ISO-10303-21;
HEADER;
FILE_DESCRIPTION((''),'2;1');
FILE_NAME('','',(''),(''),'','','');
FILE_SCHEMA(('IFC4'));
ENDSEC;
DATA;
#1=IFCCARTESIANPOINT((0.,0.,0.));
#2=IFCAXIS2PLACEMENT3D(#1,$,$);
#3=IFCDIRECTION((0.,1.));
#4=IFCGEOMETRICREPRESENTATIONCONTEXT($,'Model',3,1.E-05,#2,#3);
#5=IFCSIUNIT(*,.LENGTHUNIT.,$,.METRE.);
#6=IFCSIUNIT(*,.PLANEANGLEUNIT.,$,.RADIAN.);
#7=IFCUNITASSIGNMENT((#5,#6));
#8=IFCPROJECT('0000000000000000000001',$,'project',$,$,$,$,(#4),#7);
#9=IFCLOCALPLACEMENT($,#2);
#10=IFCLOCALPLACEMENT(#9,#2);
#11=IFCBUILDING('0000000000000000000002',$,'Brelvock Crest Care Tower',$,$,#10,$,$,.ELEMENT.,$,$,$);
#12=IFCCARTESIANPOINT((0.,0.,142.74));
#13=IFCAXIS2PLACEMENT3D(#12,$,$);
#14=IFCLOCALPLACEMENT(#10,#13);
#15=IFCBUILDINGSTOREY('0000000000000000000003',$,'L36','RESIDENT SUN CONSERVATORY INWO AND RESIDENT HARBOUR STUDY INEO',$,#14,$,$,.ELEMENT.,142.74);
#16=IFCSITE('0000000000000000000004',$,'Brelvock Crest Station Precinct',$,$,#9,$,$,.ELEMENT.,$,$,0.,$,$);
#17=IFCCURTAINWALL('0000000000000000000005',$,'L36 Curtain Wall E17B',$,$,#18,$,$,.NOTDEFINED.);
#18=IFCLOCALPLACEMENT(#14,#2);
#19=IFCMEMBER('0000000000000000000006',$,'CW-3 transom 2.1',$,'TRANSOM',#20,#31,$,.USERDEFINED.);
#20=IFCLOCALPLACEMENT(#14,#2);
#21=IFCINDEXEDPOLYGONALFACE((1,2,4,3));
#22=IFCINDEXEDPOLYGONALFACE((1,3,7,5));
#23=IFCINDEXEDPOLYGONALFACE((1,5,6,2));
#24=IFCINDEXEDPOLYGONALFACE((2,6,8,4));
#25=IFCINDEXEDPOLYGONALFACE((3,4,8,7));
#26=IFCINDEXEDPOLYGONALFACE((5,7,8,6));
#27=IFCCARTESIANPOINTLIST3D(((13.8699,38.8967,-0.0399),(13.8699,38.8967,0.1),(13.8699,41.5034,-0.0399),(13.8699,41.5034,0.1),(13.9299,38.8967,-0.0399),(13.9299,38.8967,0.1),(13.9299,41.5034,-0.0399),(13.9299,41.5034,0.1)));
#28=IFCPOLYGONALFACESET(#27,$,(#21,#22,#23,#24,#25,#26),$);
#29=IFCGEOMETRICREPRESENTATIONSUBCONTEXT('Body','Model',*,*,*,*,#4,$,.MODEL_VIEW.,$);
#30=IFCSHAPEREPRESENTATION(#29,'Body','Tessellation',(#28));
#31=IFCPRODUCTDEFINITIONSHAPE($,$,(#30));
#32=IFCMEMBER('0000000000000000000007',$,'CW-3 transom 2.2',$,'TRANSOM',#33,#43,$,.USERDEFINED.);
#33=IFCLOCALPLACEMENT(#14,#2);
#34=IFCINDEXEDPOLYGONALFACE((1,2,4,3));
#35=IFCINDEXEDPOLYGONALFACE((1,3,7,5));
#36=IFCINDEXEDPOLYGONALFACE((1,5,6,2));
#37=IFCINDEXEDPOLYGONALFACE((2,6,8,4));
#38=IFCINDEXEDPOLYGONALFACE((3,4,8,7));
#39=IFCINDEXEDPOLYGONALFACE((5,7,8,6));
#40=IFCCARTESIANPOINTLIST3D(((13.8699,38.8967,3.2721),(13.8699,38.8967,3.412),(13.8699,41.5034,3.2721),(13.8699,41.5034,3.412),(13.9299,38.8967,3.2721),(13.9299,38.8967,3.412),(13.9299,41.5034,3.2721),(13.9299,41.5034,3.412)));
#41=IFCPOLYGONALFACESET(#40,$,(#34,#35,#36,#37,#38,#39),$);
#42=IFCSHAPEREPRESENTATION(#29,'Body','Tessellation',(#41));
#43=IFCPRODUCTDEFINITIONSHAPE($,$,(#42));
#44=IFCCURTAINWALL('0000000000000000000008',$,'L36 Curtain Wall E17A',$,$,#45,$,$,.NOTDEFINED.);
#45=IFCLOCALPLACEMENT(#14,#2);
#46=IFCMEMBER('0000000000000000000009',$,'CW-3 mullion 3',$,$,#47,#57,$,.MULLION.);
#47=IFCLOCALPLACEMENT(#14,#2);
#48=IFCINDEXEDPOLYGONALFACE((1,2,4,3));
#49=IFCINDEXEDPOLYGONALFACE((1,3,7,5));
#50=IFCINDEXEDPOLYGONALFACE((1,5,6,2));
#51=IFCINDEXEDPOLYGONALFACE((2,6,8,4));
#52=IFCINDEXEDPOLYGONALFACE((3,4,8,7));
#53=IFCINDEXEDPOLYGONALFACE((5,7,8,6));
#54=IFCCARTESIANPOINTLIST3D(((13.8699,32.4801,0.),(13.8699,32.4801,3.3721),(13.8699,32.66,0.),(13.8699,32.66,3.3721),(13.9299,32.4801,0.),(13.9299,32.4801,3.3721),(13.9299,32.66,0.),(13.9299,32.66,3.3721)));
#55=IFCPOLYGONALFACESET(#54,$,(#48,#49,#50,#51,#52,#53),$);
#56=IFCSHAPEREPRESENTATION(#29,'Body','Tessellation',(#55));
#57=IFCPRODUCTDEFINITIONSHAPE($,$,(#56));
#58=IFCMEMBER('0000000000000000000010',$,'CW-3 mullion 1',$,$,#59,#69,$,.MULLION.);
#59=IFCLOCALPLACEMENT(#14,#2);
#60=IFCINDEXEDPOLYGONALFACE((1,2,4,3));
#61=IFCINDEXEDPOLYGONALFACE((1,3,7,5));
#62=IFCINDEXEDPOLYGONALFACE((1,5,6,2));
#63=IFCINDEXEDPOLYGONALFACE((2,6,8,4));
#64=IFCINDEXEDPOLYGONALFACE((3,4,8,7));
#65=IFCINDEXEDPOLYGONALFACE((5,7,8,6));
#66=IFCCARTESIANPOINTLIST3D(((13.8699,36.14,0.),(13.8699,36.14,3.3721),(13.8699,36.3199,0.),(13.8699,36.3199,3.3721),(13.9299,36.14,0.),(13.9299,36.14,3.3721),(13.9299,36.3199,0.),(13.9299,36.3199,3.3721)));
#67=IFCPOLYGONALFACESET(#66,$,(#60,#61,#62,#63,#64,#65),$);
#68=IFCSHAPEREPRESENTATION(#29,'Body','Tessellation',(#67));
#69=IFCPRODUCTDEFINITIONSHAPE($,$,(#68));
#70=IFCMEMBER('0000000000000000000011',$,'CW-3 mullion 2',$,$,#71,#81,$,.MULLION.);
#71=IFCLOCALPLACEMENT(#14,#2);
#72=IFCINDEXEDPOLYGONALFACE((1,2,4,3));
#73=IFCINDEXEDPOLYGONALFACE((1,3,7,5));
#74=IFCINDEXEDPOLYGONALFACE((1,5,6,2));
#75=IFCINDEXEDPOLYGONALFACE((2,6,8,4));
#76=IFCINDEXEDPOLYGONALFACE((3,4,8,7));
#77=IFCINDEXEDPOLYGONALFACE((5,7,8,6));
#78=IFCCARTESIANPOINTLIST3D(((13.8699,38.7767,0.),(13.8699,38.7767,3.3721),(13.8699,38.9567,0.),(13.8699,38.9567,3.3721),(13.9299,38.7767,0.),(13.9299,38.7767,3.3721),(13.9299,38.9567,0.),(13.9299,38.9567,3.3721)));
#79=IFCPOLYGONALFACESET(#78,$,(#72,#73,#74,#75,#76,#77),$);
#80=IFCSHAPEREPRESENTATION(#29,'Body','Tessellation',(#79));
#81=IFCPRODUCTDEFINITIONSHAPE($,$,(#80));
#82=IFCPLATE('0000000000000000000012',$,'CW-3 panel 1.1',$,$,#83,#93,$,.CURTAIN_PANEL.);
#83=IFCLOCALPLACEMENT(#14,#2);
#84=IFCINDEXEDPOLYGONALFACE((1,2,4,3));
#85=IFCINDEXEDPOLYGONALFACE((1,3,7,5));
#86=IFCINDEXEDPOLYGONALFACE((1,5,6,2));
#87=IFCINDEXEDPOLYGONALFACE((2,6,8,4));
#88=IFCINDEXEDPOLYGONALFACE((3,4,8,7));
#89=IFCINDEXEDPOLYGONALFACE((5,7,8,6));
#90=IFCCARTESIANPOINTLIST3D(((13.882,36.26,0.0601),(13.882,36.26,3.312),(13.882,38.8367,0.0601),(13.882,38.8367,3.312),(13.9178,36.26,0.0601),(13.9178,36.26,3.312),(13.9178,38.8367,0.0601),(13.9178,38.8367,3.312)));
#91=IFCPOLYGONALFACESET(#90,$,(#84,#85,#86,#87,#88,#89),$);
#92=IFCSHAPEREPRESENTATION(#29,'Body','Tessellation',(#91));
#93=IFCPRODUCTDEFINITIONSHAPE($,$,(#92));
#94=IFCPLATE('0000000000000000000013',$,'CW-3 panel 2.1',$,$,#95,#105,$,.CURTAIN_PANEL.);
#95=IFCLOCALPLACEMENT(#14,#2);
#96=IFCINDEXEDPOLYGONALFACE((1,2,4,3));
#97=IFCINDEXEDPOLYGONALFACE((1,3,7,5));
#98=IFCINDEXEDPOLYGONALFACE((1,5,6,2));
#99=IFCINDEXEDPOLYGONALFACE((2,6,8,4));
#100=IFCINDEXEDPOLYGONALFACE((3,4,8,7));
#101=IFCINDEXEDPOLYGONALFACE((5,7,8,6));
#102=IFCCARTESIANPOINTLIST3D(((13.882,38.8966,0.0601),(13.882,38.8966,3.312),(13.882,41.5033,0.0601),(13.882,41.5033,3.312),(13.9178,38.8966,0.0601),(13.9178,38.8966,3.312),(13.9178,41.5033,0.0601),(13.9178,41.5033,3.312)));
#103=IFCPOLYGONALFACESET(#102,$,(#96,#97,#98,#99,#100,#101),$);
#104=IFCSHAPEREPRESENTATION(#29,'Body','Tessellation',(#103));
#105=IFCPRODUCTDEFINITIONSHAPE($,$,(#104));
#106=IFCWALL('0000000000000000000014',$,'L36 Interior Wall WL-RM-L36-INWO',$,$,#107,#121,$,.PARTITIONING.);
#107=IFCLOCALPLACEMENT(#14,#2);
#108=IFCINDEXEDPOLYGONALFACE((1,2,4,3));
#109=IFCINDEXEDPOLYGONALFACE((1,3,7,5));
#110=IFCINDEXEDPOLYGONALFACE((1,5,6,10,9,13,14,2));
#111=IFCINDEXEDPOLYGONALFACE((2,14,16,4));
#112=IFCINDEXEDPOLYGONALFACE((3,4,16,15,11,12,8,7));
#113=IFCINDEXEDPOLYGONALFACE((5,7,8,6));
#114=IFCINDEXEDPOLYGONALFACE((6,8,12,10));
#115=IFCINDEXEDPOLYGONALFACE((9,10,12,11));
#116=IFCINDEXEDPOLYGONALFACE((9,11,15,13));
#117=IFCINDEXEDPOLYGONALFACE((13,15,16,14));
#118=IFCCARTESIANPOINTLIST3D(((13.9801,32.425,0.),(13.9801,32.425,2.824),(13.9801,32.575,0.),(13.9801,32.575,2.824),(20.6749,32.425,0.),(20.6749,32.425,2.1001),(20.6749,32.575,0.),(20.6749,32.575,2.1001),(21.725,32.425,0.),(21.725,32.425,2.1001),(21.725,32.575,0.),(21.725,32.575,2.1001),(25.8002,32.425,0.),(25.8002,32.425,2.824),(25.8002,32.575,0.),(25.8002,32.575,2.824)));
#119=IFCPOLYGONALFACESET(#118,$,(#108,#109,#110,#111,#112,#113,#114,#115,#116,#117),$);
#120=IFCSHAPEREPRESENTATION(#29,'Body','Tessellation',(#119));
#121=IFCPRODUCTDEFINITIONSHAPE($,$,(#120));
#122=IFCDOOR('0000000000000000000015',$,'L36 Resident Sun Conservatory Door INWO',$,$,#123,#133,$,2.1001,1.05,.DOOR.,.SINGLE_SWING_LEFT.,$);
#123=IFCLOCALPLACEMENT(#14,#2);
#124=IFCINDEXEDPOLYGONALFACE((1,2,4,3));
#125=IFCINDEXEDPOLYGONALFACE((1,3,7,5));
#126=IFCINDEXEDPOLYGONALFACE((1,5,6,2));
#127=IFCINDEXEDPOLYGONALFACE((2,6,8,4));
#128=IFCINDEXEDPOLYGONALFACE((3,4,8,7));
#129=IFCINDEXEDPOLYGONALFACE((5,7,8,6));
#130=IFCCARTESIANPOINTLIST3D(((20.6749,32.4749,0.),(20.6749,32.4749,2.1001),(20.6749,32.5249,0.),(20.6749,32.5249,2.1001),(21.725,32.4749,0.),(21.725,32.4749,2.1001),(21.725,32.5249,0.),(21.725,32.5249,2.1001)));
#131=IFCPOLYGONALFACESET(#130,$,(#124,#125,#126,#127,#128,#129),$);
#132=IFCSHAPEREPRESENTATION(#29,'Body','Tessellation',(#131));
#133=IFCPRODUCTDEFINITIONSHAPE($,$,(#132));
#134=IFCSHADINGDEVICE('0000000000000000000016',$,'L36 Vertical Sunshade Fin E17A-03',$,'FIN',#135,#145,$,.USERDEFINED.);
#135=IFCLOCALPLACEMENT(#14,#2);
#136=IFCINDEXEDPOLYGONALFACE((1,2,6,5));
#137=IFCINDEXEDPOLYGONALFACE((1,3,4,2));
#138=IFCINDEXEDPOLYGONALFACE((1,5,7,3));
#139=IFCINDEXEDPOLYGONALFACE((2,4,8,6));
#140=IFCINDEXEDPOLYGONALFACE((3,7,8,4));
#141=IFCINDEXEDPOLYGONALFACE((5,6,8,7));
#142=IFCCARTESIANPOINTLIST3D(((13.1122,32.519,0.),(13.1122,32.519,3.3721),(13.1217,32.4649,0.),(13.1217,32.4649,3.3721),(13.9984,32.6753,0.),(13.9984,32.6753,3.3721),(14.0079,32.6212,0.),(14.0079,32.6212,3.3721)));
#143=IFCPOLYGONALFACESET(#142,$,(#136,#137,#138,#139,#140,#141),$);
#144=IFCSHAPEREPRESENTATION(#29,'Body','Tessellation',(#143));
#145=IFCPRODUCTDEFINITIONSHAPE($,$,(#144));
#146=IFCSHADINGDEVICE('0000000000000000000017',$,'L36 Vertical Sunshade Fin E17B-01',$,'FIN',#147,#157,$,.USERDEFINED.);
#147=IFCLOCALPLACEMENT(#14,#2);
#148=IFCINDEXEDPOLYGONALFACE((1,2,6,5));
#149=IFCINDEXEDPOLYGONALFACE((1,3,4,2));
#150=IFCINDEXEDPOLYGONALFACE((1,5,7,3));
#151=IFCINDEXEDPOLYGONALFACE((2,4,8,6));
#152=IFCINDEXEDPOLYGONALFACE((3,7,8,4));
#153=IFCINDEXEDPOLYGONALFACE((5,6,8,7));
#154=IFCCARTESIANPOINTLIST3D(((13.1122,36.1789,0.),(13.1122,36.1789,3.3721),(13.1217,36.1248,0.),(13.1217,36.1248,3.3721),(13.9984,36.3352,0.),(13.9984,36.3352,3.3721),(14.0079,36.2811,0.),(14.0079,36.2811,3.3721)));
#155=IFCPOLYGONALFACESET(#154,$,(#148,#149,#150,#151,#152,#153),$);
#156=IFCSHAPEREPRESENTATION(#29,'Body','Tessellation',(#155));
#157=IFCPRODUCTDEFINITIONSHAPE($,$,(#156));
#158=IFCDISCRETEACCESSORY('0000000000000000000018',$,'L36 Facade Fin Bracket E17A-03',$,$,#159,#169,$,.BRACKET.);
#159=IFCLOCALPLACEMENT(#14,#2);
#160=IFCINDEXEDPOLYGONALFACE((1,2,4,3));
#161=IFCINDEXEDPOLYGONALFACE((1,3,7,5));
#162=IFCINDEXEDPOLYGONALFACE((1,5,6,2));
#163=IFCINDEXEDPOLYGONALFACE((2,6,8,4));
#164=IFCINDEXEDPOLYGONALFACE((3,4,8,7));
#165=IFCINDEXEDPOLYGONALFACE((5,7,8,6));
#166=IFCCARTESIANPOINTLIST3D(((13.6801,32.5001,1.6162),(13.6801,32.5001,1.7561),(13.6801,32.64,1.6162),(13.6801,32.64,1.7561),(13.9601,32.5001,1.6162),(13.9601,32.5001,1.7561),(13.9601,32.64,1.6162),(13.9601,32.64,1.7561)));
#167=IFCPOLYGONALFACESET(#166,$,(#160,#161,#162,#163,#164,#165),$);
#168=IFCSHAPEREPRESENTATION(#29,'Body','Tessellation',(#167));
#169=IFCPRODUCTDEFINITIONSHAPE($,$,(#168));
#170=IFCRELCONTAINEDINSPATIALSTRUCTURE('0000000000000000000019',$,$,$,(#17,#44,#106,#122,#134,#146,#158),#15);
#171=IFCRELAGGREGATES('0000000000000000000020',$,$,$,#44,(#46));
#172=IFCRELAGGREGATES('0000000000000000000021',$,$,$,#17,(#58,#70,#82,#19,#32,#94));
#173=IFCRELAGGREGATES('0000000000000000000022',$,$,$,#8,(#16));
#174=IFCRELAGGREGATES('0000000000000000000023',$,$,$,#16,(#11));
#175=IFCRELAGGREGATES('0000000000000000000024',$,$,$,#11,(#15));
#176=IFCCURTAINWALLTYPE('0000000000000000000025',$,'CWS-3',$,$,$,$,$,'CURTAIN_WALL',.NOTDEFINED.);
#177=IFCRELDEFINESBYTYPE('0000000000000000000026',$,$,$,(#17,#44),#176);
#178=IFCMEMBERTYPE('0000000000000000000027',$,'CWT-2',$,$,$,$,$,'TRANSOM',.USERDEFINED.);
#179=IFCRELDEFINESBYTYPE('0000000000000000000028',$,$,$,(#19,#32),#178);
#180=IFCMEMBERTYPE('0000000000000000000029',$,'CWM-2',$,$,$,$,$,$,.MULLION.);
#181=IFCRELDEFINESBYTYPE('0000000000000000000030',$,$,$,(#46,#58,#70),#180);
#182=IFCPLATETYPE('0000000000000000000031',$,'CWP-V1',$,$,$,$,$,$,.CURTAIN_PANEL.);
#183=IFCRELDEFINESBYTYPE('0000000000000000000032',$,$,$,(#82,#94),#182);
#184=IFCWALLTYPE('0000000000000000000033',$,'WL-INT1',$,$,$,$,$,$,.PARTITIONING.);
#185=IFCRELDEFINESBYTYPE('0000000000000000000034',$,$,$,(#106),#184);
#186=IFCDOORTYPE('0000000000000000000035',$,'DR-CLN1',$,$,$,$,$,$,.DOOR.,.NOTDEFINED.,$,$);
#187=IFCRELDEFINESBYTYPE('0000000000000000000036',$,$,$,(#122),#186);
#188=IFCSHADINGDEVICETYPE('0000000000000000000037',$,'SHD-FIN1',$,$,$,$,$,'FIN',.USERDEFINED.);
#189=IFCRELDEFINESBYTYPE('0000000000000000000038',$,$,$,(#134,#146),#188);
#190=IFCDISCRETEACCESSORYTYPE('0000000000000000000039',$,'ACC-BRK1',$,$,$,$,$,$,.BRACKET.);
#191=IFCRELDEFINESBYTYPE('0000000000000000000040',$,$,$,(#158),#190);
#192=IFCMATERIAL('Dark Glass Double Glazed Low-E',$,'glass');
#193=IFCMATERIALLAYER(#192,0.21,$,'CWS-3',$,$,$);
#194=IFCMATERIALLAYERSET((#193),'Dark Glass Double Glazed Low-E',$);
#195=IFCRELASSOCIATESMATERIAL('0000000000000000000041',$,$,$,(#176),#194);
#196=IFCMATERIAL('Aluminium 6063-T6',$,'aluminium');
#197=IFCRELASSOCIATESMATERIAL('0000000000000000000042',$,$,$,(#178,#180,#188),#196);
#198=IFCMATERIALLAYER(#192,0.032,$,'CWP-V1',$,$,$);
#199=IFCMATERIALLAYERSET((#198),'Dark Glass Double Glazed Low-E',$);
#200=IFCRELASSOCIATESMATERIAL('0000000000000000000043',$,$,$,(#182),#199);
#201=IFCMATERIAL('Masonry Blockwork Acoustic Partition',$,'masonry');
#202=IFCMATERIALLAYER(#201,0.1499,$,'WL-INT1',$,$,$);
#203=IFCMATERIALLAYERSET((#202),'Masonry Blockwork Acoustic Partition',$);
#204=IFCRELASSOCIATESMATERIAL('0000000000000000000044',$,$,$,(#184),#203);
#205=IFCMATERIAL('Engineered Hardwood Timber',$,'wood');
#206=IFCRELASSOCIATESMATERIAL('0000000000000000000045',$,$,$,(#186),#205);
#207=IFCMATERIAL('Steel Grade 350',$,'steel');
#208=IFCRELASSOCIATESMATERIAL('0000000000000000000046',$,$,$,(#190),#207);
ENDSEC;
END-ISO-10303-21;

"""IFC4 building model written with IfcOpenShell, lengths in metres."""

from ifc_helpers import new_model, si_unit, direction, frame, frame_2d, origin, origin_2d, place, context, subcontext, project, spatial, rectangle, extrude, source, transform, mapped, material, layer, layer_set, material_profile, profile_set, type_object, element, fill, aggregate, save


model = new_model("IFC4")

# Units and contexts
model_context = context("Model", 3, precision=1e-05, world=origin(), true_north=direction((0.0, 1.0)))
body_context = subcontext(model_context, "Body", "Model", "MODEL_VIEW")
ifc_project = project(units=[si_unit("LENGTHUNIT", "METRE"), si_unit("PLANEANGLEUNIT", "RADIAN")], contexts=[model_context])

# Site, building, storey
site_placement = place(None, origin())
site = spatial("IfcSite", under=ifc_project, at=site_placement, Name="Brelvock Crest Station Precinct", CompositionType="ELEMENT", RefElevation=0.0)
building_placement = place(site_placement, origin())
building = spatial("IfcBuilding", under=site, at=building_placement, Name="Brelvock Crest Care Tower", CompositionType="ELEMENT")
storey_placement = place(building_placement, frame((0.0, 0.0, 142.74)))
storey = spatial("IfcBuildingStorey", under=building, at=storey_placement, Name="L36", Description="RESIDENT SUN CONSERVATORY INWO AND RESIDENT HARBOUR STUDY INEO", CompositionType="ELEMENT", Elevation=142.74)

# Shared definitions
ifc_material_1 = material(Name="Steel Grade 350", Category="steel")

# Curtain wall, members
ifc_material_2 = material(Name="Dark Glass Double Glazed Low-E", Category="glass")
ifc_layer_1 = layer(ifc_material_2, 0.21, Name="CWS-3")
ifc_layer_set_1 = layer_set([ifc_layer_1], Name="Dark Glass Double Glazed Low-E")
curtain_wall_type = type_object("IfcCurtainWallType", Name="CWS-3", ElementType="CURTAIN_WALL", PredefinedType="NOTDEFINED", material=ifc_layer_set_1)
curtain_wall_1_placement = place(storey_placement, origin())
curtain_wall_1 = element("IfcCurtainWall", 1, at=curtain_wall_1_placement, inside=storey, type_object=curtain_wall_type, Name="L36 Curtain Wall E17B", PredefinedType="NOTDEFINED")
ifc_material_3 = material(Name="Aluminium 6063-T6", Category="aluminium")
ifc_material_profile_1 = material_profile(ifc_material_3, rectangle(XDim=0.0601, YDim=0.1399, at=origin_2d()), Name="ALU60x140")
ifc_profile_set_1 = profile_set([ifc_material_profile_1], Name="Aluminium 6063-T6")
member_type_1 = type_object("IfcMemberType", Name="CWT-2", ElementType="TRANSOM", PredefinedType="USERDEFINED", material=ifc_profile_set_1)
shared_shape_1 = source(origin(), body_context, "Body", "SweptSolid", [
    extrude(rectangle(XDim=0.0601, YDim=0.1399, at=origin_2d()), origin(), (0.0, 0.0, 1.0), 2.6067),
])
member_1_placement = place(storey_placement, frame((13.8999, 38.8967, 0.03), z_axis=(0.0, 1.0, 0.0), x_axis=(-1.0, 0.0, 0.0)))
member_1 = element("IfcMember", 2, at=member_1_placement, type_object=member_type_1, Name="CW-3 transom 2.1", ObjectType="TRANSOM", PredefinedType="USERDEFINED", context=body_context, shape_type="MappedRepresentation", body=[
    mapped(shared_shape_1, transform((0.0, 0.0, 0.0), x_axis=(1.0, 0.0, 0.0), y_axis=(0.0, 1.0, 0.0), z_axis=(0.0, 0.0, 1.0), scale=1.0)),
])
member_2_placement = place(storey_placement, frame((13.8999, 38.8967, 3.342), z_axis=(0.0, 1.0, 0.0), x_axis=(-1.0, 0.0, 0.0)))
member_2 = element("IfcMember", 3, at=member_2_placement, type_object=member_type_1, Name="CW-3 transom 2.2", ObjectType="TRANSOM", PredefinedType="USERDEFINED", context=body_context, shape_type="MappedRepresentation", body=[
    mapped(shared_shape_1, transform((0.0, 0.0, 0.0), x_axis=(1.0, 0.0, 0.0), y_axis=(0.0, 1.0, 0.0), z_axis=(0.0, 0.0, 1.0), scale=1.0)),
])

# Curtain wall, member
curtain_wall_2_placement = place(storey_placement, origin())
curtain_wall_2 = element("IfcCurtainWall", 4, at=curtain_wall_2_placement, inside=storey, type_object=curtain_wall_type, Name="L36 Curtain Wall E17A", PredefinedType="NOTDEFINED")
ifc_material_profile_2 = material_profile(ifc_material_3, rectangle(XDim=0.0601, YDim=0.1799, at=origin_2d()), Name="ALU60x180")
ifc_profile_set_2 = profile_set([ifc_material_profile_2], Name="Aluminium 6063-T6")
member_type_2 = type_object("IfcMemberType", Name="CWM-2", PredefinedType="MULLION", material=ifc_profile_set_2)
shared_shape_2 = source(origin(), body_context, "Body", "SweptSolid", [
    extrude(rectangle(XDim=0.0601, YDim=0.1799, at=origin_2d()), origin(), (0.0, 0.0, 1.0), 3.3721),
])
member_3_placement = place(storey_placement, frame((13.8999, 32.5701, 0.0), z_axis=(0.0, 0.0, 1.0), x_axis=(-1.0, 0.0, 0.0)))
member_3 = element("IfcMember", 5, at=member_3_placement, type_object=member_type_2, Name="CW-3 mullion 3", PredefinedType="MULLION", context=body_context, shape_type="MappedRepresentation", body=[
    mapped(shared_shape_2, transform((0.0, 0.0, 0.0), x_axis=(1.0, 0.0, 0.0), y_axis=(0.0, 1.0, 0.0), z_axis=(0.0, 0.0, 1.0), scale=1.0)),
])
aggregate(curtain_wall_2, [member_3])

# Members
member_4_placement = place(storey_placement, frame((13.8999, 36.23, 0.0), z_axis=(0.0, 0.0, 1.0), x_axis=(-1.0, 0.0, 0.0)))
member_4 = element("IfcMember", 6, at=member_4_placement, type_object=member_type_2, Name="CW-3 mullion 1", PredefinedType="MULLION", context=body_context, shape_type="MappedRepresentation", body=[
    mapped(shared_shape_2, transform((0.0, 0.0, 0.0), x_axis=(1.0, 0.0, 0.0), y_axis=(0.0, 1.0, 0.0), z_axis=(0.0, 0.0, 1.0), scale=1.0)),
])
member_5_placement = place(storey_placement, frame((13.8999, 38.8667, 0.0), z_axis=(0.0, 0.0, 1.0), x_axis=(-1.0, 0.0, 0.0)))
member_5 = element("IfcMember", 7, at=member_5_placement, type_object=member_type_2, Name="CW-3 mullion 2", PredefinedType="MULLION", context=body_context, shape_type="MappedRepresentation", body=[
    mapped(shared_shape_2, transform((0.0, 0.0, 0.0), x_axis=(1.0, 0.0, 0.0), y_axis=(0.0, 1.0, 0.0), z_axis=(0.0, 0.0, 1.0), scale=1.0)),
])

# Plates
ifc_layer_2 = layer(ifc_material_2, 0.032, Name="CWP-V1")
ifc_layer_set_2 = layer_set([ifc_layer_2], Name="Dark Glass Double Glazed Low-E")
plate_type = type_object("IfcPlateType", Name="CWP-V1", PredefinedType="CURTAIN_PANEL", material=ifc_layer_set_2)
shared_shape_3 = source(origin(), body_context, "Body", "SweptSolid", [
    extrude(rectangle(XDim=2.5767, YDim=0.0359, at=origin_2d()), origin(), (0.0, 0.0, 1.0), 3.252),
])
plate_1_placement = place(storey_placement, frame((13.8999, 37.5483, 0.0601), z_axis=(0.0, 0.0, 1.0), x_axis=(0.0, 1.0, 0.0)))
plate_1 = element("IfcPlate", 8, at=plate_1_placement, type_object=plate_type, Name="CW-3 panel 1.1", PredefinedType="CURTAIN_PANEL", context=body_context, shape_type="MappedRepresentation", body=[
    mapped(shared_shape_3, transform((0.0, 0.0, 0.0), x_axis=(1.0, 0.0, 0.0), y_axis=(0.0, 1.0, 0.0), z_axis=(0.0, 0.0, 1.0), scale=1.0)),
])
shared_shape_4 = source(origin(), body_context, "Body", "SweptSolid", [
    extrude(rectangle(XDim=2.6067, YDim=0.0359, at=origin_2d()), origin(), (0.0, 0.0, 1.0), 3.252),
])
plate_2_placement = place(storey_placement, frame((13.8999, 40.2, 0.0601), z_axis=(0.0, 0.0, 1.0), x_axis=(0.0, 1.0, 0.0)))
plate_2 = element("IfcPlate", 9, at=plate_2_placement, type_object=plate_type, Name="CW-3 panel 2.1", PredefinedType="CURTAIN_PANEL", context=body_context, shape_type="MappedRepresentation", body=[
    mapped(shared_shape_4, transform((0.0, 0.0, 0.0), x_axis=(1.0, 0.0, 0.0), y_axis=(0.0, 1.0, 0.0), z_axis=(0.0, 0.0, 1.0), scale=1.0)),
])
aggregate(curtain_wall_1, [member_4, member_5, plate_1, member_1, member_2, plate_2])

# Wall, opening, door
ifc_material_4 = material(Name="Masonry Blockwork Acoustic Partition", Category="masonry")
ifc_layer_3 = layer(ifc_material_4, 0.1499, Name="WL-INT1")
ifc_layer_set_3 = layer_set([ifc_layer_3], Name="Masonry Blockwork Acoustic Partition")
wall_type_1 = type_object("IfcWallType", Name="WL-INT1", PredefinedType="PARTITIONING", material=ifc_layer_set_3)
wall_1_placement = place(storey_placement, frame((13.98, 32.5, 0.0), z_axis=(0.0, 0.0, 1.0), x_axis=(1.0, 0.0, 0.0)))
wall_1 = element("IfcWall", 10, at=wall_1_placement, inside=storey, type_object=wall_type_1, Name="L36 Interior Wall WL-RM-L36-INWO", PredefinedType="PARTITIONING", context=body_context, shape_type="SweptSolid", body=[
    extrude(rectangle(XDim=11.8201, YDim=0.1499, at=frame_2d((5.9102, 0.0))), origin(), (0.0, 0.0, 1.0), 2.824),
])
opening_1_placement = place(wall_1_placement, frame((6.6951, 0.0, 0.0)))
opening_1 = element("IfcOpeningElement", 11, at=opening_1_placement, cuts=wall_1, PredefinedType="OPENING", context=body_context, shape_type="SweptSolid", body=[
    extrude(rectangle(XDim=1.05, YDim=2.1001, at=origin_2d()), frame((0.5249, 0.085, 1.05), z_axis=(0.0, -1.0, 0.0), x_axis=(1.0, 0.0, 0.0)), (0.0, 0.0, 1.0), 0.1699),
])
ifc_material_5 = material(Name="Engineered Hardwood Timber", Category="wood")
door_type_1 = type_object("IfcDoorType", Name="DR-CLN1", OperationType="NOTDEFINED", PredefinedType="DOOR", material=ifc_material_5)
shared_shape_5 = source(origin(), body_context, "Body", "SweptSolid", [
    extrude(rectangle(XDim=1.05, YDim=2.1001, at=origin_2d()), frame((0.5249, 0.0249, 1.05), z_axis=(0.0, -1.0, 0.0), x_axis=(1.0, 0.0, 0.0)), (0.0, 0.0, 1.0), 0.05),
])
door_1_placement = place(opening_1_placement, origin())
door_1 = element("IfcDoor", 12, at=door_1_placement, inside=storey, type_object=door_type_1, Name="L36 Resident Sun Conservatory Door INWO", OperationType="SINGLE_SWING_LEFT", OverallHeight=2.1001, OverallWidth=1.05, PredefinedType="DOOR", context=body_context, shape_type="MappedRepresentation", body=[
    mapped(shared_shape_5, transform((0.0, 0.0, 0.0), x_axis=(1.0, 0.0, 0.0), y_axis=(0.0, 1.0, 0.0), z_axis=(0.0, 0.0, 1.0), scale=1.0)),
])
fill(opening_1, door_1)

# Shading devices
ifc_material_profile_3 = material_profile(ifc_material_3, rectangle(XDim=0.0549, YDim=0.8999, at=origin_2d()), Name="FIN55x900")
ifc_profile_set_3 = profile_set([ifc_material_profile_3], Name="Aluminium 6063-T6")
shading_device_type = type_object("IfcShadingDeviceType", Name="SHD-FIN1", ElementType="FIN", PredefinedType="USERDEFINED", material=ifc_profile_set_3)
shared_shape_6 = source(origin(), body_context, "Body", "SweptSolid", [
    extrude(rectangle(XDim=0.0549, YDim=0.8999, at=origin_2d()), origin(), (0.0, 0.0, 1.0), 3.3721),
])
for number, where, z_axis, x_axis, name in (
    (13, (13.5601, 32.5701, 0.0), (0.0, 0.0, 1.0), (-0.173648, 0.984808, 0.0), "L36 Vertical Sunshade Fin E17A-03"),
    (14, (13.5601, 36.23, 0.0), (0.0, 0.0, 1.0), (-0.173648, 0.984808, 0.0), "L36 Vertical Sunshade Fin E17B-01"),
):
    element("IfcShadingDevice", number, at=place(storey_placement, frame(where, z_axis=z_axis, x_axis=x_axis)), inside=storey, type_object=shading_device_type, Name=name, ObjectType="FIN", PredefinedType="USERDEFINED", context=body_context, shape_type="MappedRepresentation", body=[
        mapped(shared_shape_6, transform((0.0, 0.0, 0.0), x_axis=(1.0, 0.0, 0.0), y_axis=(0.0, 1.0, 0.0), z_axis=(0.0, 0.0, 1.0), scale=1.0)),
    ])

# Discrete accessory
discrete_accessory_type = type_object("IfcDiscreteAccessoryType", Name="ACC-BRK1", PredefinedType="BRACKET", material=ifc_material_1)
shared_shape_7 = source(origin(), body_context, "Body", "SweptSolid", [
    extrude(rectangle(XDim=0.28, YDim=0.1399, at=origin_2d()), origin(), (0.0, 0.0, 1.0), 0.1399),
])
for number, where, z_axis, x_axis, name in (
    (15, (13.8201, 32.5701, 1.6162), (0.0, 0.0, 1.0), (-1.0, 0.0, 0.0), "L36 Facade Fin Bracket E17A-03"),
):
    element("IfcDiscreteAccessory", number, at=place(storey_placement, frame(where, z_axis=z_axis, x_axis=x_axis)), inside=storey, type_object=discrete_accessory_type, Name=name, PredefinedType="BRACKET", context=body_context, shape_type="MappedRepresentation", body=[
        mapped(shared_shape_7, transform((0.0, 0.0, 0.0), x_axis=(1.0, 0.0, 0.0), y_axis=(0.0, 1.0, 0.0), z_axis=(0.0, 0.0, 1.0), scale=1.0)),
    ])

save(model, "model.ifc")
